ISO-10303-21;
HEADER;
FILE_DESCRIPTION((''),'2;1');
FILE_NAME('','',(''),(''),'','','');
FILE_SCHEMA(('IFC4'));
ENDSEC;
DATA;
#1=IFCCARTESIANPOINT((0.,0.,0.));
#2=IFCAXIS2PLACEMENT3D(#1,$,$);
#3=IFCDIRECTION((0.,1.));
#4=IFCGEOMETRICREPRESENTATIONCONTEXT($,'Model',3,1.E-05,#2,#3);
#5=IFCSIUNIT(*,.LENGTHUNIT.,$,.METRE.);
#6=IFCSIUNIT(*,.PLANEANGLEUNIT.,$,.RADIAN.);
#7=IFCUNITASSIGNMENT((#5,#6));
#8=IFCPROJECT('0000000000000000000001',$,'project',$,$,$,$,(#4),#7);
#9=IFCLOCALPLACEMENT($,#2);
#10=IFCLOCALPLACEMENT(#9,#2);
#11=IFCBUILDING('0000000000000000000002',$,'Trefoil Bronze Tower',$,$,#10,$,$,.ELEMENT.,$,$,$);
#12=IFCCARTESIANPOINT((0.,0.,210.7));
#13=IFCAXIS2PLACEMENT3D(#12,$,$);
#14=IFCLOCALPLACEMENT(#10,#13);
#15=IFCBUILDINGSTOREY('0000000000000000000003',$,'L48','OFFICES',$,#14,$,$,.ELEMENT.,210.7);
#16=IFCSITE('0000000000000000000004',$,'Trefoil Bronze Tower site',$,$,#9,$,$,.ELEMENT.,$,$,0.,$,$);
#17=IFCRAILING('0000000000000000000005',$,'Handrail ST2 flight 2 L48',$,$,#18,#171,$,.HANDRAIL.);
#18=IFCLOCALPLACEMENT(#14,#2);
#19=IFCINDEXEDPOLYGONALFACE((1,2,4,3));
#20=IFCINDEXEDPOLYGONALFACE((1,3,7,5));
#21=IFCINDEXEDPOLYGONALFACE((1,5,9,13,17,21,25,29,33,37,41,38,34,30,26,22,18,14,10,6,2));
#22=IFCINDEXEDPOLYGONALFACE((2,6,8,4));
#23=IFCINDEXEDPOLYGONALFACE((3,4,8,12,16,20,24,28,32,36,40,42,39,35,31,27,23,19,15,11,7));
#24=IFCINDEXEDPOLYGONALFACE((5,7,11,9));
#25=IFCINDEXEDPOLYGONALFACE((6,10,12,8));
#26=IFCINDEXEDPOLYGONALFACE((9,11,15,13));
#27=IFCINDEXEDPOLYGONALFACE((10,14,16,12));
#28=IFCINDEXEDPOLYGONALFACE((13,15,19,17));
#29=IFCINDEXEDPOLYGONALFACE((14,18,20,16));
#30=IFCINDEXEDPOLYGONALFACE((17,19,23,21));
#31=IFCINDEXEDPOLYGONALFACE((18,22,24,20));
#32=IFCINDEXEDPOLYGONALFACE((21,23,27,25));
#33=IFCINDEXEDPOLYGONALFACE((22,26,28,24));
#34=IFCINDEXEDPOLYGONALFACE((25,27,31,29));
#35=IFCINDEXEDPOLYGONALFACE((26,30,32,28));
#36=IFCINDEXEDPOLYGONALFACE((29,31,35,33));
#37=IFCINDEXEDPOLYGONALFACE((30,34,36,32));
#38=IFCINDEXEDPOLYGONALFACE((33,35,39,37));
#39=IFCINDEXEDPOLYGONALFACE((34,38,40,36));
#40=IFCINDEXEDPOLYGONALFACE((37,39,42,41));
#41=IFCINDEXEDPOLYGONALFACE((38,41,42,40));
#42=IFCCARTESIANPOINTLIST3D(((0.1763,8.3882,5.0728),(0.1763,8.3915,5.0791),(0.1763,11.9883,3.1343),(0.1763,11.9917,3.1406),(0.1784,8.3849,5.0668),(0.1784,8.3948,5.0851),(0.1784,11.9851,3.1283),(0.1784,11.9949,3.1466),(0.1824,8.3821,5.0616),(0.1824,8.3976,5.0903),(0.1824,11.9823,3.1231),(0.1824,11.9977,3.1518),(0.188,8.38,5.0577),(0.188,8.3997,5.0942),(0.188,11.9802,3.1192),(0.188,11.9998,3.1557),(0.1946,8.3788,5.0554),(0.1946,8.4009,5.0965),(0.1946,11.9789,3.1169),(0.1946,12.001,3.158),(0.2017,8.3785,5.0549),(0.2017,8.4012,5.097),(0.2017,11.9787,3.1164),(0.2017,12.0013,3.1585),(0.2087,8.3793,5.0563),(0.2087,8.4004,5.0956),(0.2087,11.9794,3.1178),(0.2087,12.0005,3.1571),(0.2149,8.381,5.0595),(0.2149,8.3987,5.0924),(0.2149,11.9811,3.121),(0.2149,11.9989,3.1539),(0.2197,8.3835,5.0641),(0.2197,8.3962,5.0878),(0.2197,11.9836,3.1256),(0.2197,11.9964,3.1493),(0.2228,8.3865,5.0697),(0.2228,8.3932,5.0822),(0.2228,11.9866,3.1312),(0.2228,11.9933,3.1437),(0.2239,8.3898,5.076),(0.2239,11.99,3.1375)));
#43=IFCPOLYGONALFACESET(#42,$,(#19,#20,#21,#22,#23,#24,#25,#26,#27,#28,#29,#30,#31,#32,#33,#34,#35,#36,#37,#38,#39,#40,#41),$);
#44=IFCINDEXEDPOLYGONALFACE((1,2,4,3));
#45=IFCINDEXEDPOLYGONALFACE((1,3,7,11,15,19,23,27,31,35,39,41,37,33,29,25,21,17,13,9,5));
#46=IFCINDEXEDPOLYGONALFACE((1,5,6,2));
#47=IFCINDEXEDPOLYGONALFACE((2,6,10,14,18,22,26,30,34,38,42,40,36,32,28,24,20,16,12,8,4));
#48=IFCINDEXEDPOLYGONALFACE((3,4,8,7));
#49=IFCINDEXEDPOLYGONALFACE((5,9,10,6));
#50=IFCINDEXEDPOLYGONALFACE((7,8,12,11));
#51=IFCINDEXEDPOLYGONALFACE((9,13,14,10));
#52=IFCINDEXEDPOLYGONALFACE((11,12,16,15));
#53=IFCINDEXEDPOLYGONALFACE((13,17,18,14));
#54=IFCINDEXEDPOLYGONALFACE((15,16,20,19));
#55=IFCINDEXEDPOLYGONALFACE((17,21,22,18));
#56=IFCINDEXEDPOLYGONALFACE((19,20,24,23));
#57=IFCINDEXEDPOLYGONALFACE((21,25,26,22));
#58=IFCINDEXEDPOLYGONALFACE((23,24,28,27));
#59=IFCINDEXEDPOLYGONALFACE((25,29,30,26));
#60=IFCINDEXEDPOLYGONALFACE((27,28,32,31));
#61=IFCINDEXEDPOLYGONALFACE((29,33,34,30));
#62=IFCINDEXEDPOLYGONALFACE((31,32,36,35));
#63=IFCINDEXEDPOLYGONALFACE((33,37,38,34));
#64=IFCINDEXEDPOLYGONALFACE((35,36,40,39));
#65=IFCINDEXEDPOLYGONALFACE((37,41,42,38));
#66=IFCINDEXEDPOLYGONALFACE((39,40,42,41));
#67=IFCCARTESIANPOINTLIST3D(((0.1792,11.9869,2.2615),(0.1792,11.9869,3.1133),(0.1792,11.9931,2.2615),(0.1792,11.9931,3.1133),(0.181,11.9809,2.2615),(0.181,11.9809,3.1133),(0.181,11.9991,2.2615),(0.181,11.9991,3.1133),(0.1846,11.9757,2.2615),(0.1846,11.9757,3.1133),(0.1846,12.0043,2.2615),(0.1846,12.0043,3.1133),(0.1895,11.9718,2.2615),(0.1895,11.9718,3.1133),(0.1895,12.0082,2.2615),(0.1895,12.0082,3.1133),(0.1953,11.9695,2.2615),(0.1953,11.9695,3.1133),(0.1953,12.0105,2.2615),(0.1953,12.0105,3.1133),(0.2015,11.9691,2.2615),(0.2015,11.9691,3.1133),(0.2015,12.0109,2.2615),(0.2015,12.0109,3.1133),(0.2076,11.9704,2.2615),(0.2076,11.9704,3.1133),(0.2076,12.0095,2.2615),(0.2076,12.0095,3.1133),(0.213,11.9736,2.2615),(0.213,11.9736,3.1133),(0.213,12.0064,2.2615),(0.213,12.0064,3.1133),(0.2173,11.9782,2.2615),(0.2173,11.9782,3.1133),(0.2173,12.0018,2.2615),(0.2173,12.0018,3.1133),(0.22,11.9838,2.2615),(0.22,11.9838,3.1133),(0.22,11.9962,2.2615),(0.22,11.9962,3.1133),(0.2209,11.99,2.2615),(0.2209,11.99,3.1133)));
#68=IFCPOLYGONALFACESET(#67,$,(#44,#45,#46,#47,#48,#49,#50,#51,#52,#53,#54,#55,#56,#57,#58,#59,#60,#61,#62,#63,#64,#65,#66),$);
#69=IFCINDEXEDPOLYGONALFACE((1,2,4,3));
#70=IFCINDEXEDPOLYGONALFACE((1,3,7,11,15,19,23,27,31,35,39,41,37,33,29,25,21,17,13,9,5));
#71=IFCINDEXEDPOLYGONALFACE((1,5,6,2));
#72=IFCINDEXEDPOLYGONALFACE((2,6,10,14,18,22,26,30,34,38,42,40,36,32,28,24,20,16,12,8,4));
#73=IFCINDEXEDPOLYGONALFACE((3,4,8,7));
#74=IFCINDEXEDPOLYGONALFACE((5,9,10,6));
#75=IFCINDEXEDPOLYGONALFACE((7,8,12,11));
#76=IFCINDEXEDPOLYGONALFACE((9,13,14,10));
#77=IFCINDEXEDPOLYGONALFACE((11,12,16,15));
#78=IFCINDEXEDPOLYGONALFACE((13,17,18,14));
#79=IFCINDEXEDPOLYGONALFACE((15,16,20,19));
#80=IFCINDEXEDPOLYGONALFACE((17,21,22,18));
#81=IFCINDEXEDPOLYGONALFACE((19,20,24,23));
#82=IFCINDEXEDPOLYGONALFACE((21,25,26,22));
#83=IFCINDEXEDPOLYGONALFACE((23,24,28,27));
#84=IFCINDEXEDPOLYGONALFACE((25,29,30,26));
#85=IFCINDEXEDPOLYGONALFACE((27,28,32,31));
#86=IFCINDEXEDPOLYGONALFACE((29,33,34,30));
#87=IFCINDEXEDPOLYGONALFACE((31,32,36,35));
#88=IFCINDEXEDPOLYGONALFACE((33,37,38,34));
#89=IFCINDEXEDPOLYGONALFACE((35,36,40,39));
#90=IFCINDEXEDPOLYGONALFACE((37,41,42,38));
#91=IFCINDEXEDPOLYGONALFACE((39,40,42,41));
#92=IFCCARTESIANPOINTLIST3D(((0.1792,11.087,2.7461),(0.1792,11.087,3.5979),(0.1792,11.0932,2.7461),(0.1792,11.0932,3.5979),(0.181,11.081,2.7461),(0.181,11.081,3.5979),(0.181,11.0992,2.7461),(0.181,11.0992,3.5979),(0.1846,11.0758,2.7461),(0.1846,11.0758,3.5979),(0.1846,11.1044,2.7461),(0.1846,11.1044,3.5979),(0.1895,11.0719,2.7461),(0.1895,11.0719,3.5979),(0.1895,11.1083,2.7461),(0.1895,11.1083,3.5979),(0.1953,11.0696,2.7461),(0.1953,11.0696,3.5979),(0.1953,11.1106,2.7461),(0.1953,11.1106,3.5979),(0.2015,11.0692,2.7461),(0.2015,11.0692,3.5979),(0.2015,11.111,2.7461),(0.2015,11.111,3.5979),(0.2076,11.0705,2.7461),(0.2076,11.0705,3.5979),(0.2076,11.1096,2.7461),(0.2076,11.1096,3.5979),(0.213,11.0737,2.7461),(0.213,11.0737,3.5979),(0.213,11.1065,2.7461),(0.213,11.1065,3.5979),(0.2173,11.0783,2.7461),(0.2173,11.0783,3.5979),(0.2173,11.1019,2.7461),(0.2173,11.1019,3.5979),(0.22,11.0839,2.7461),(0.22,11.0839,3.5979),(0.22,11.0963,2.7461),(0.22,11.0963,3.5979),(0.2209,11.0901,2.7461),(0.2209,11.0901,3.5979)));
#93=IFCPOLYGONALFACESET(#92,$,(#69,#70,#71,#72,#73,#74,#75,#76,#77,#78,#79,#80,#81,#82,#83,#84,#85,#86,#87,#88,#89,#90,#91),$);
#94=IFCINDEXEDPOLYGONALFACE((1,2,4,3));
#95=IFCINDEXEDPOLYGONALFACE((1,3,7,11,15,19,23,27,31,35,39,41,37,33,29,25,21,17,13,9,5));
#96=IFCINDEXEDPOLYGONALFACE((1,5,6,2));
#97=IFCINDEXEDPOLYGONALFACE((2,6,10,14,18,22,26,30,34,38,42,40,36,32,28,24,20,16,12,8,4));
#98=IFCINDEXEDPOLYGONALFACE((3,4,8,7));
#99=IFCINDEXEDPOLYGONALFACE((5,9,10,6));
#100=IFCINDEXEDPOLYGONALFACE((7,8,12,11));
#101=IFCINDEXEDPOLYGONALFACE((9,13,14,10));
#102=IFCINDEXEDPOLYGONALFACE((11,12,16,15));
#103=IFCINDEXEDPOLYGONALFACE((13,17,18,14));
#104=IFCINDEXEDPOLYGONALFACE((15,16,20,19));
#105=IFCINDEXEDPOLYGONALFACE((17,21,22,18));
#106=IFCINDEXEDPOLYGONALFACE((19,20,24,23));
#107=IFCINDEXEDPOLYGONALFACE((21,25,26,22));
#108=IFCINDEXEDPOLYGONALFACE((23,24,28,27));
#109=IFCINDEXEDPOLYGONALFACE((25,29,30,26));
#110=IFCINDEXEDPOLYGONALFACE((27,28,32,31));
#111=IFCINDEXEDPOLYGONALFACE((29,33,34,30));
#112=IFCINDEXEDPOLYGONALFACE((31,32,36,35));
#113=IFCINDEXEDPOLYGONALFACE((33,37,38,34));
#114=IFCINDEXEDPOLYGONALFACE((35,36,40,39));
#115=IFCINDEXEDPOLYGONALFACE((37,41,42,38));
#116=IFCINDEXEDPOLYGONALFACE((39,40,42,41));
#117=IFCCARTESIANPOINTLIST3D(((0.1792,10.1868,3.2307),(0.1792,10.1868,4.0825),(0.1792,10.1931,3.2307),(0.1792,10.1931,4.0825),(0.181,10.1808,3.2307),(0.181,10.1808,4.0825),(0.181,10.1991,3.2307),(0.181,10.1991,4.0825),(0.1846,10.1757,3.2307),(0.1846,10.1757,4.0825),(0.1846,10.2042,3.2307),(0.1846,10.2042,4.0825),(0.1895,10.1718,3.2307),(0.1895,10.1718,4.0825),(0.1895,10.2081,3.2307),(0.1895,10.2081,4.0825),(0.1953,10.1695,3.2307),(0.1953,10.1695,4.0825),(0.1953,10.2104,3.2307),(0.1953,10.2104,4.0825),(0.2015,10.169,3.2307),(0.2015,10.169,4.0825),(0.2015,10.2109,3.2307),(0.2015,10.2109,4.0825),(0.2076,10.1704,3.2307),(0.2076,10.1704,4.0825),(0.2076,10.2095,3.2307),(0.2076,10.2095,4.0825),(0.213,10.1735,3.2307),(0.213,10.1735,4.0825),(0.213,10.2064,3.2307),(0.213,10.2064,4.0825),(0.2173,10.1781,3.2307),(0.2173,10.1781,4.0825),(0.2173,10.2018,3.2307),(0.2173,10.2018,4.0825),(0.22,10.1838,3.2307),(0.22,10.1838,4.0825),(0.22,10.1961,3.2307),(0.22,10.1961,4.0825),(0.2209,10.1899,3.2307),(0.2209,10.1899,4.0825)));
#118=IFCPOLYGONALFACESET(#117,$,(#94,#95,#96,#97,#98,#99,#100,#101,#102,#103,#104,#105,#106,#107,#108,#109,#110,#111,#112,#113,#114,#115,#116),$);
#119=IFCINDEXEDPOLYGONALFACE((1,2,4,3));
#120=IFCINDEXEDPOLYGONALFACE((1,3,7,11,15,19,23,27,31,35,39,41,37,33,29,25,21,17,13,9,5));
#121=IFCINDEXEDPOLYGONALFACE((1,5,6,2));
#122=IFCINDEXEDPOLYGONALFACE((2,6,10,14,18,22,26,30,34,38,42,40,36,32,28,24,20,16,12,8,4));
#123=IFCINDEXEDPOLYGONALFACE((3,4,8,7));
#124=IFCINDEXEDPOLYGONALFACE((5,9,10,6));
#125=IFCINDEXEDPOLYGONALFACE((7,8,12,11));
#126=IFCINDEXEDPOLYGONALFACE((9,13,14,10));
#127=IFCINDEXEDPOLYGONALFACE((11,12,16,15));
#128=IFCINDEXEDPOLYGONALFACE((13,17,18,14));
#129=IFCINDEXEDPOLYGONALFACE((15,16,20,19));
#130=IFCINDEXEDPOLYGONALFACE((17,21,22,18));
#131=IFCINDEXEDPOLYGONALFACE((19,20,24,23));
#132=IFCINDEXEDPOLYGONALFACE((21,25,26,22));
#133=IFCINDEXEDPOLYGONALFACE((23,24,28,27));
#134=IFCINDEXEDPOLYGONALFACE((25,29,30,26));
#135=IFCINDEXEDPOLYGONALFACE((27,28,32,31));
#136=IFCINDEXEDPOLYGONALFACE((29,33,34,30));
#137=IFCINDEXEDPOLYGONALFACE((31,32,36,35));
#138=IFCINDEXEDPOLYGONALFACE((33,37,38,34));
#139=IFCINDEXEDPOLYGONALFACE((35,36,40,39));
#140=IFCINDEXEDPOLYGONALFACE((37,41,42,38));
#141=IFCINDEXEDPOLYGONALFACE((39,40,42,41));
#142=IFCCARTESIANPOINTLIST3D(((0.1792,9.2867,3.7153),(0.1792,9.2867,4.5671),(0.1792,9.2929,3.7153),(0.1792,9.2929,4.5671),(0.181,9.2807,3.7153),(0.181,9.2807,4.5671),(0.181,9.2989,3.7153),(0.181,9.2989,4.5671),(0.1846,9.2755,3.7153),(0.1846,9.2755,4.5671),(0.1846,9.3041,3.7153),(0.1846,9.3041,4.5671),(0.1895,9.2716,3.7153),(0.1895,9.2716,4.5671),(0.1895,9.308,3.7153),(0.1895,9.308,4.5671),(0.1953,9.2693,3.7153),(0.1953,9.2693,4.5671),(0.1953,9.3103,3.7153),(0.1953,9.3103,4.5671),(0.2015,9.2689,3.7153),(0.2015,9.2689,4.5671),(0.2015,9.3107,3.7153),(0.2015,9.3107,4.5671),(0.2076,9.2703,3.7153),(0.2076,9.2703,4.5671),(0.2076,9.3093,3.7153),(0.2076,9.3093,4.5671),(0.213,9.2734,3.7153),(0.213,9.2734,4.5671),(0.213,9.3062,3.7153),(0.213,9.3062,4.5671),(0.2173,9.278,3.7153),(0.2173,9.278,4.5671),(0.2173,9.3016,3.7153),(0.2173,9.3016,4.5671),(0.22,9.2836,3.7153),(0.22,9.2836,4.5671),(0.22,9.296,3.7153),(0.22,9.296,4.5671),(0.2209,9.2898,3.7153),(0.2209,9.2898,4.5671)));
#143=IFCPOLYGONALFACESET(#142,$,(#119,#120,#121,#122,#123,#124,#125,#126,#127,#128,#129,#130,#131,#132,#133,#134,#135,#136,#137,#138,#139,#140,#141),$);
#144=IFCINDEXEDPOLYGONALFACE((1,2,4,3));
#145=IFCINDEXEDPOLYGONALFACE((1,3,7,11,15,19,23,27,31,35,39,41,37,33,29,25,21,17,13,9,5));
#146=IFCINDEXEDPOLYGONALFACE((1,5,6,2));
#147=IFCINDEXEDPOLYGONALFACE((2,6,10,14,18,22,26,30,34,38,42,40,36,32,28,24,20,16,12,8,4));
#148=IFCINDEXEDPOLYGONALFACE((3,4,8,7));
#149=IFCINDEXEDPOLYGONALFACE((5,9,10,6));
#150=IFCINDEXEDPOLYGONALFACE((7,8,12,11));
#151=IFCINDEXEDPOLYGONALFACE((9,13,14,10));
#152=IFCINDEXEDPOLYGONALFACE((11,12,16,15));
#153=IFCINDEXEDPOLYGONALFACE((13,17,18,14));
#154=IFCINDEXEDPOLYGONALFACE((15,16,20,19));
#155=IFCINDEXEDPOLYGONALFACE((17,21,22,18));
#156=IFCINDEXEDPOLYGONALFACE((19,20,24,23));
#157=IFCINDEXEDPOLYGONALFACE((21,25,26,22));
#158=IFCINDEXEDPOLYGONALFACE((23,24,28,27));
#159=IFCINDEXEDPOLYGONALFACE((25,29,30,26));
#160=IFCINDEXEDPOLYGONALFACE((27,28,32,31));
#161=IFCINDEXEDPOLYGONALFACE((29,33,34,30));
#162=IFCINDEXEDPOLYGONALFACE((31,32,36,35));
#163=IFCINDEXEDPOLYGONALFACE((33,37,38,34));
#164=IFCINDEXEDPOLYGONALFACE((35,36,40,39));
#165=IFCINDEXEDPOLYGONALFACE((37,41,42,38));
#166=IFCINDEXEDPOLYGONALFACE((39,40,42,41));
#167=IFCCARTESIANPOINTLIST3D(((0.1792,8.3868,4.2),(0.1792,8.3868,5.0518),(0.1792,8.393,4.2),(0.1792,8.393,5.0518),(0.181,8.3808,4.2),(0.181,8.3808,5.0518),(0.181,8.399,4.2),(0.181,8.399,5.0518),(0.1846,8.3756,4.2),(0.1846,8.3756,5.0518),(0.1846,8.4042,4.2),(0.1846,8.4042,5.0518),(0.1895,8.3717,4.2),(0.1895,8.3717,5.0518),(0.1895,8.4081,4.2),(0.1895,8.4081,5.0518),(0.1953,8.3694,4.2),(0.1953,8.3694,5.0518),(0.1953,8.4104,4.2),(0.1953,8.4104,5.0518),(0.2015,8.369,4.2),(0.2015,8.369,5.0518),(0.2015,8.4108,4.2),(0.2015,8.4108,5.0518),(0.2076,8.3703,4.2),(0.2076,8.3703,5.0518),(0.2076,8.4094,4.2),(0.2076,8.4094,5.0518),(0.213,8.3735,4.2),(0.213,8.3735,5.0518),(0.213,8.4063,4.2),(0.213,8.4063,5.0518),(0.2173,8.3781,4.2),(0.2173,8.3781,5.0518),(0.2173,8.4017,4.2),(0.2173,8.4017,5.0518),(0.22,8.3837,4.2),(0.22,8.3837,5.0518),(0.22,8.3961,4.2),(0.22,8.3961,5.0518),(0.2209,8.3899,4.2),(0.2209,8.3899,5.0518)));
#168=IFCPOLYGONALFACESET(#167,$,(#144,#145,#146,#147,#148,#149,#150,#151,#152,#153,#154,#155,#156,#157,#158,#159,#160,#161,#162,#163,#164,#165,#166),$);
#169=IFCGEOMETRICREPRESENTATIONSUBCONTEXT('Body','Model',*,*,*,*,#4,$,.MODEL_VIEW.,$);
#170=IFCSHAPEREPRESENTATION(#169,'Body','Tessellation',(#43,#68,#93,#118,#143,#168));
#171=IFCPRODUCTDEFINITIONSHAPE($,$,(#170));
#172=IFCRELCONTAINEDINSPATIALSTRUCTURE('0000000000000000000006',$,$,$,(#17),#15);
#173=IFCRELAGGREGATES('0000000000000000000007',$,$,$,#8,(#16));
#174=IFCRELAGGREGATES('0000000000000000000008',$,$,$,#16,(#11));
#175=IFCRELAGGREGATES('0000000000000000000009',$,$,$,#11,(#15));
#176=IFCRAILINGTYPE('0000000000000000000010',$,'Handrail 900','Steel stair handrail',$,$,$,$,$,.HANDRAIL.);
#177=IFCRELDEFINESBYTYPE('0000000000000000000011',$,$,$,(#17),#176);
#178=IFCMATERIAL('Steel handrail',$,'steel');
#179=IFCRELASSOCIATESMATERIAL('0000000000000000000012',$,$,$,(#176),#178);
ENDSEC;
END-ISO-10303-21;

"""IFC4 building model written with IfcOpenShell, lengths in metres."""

from ifc_helpers import new_model, si_unit, direction, frame, origin, origin_2d, place, context, subcontext, project, spatial, circle, extrude, material, type_object, element, save


model = new_model("IFC4")

# Units and contexts
model_context = context("Model", 3, precision=1e-05, world=origin(), true_north=direction((0.0, 1.0)))
body_context = subcontext(model_context, "Body", "Model", "MODEL_VIEW")
ifc_project = project(units=[si_unit("LENGTHUNIT", "METRE"), si_unit("PLANEANGLEUNIT", "RADIAN")], contexts=[model_context])

# Site, building, storey
site_placement = place(None, origin())
site = spatial("IfcSite", under=ifc_project, at=site_placement, Name="Trefoil Bronze Tower site", CompositionType="ELEMENT", RefElevation=0.0)
building_placement = place(site_placement, origin())
building = spatial("IfcBuilding", under=site, at=building_placement, Name="Trefoil Bronze Tower", CompositionType="ELEMENT")
storey_placement = place(building_placement, frame((0.0, 0.0, 210.7)))
storey = spatial("IfcBuildingStorey", under=building, at=storey_placement, Name="L48", Description="OFFICES", CompositionType="ELEMENT", Elevation=210.7)

# Railing
ifc_material_1 = material(Name="Steel handrail", Category="steel")
railing_type = type_object("IfcRailingType", Name="Handrail 900", Description="Steel stair handrail", PredefinedType="HANDRAIL", material=ifc_material_1)
railing_placement = place(storey_placement, frame((0.2, 11.99, 2.2615)))
element("IfcRailing", 1, at=railing_placement, inside=storey, type_object=railing_type, Name="Handrail ST2 flight 2 L48", PredefinedType="HANDRAIL", context=body_context, shape_type="SweptSolid", body=[
    extrude(circle(Radius=0.0239, at=origin_2d()), frame((0.0, 0.0, 0.876), z_axis=(0.0, -0.880475, 0.474093), x_axis=(1.0, 0.0, 0.0)), (0.0, 0.0, 1.0), 4.0889),
    extrude(circle(Radius=0.021, at=origin_2d()), origin(), (0.0, 0.0, 1.0), 0.8518),
    extrude(circle(Radius=0.021, at=origin_2d()), frame((0.0, -0.8999, 0.4846)), (0.0, 0.0, 1.0), 0.8518),
    extrude(circle(Radius=0.021, at=origin_2d()), frame((0.0, -1.8, 0.9692)), (0.0, 0.0, 1.0), 0.8518),
    extrude(circle(Radius=0.021, at=origin_2d()), frame((0.0, -2.7002, 1.4539)), (0.0, 0.0, 1.0), 0.8518),
    extrude(circle(Radius=0.021, at=origin_2d()), frame((0.0, -3.6001, 1.9385)), (0.0, 0.0, 1.0), 0.8518),
])

save(model, "model.ifc")
